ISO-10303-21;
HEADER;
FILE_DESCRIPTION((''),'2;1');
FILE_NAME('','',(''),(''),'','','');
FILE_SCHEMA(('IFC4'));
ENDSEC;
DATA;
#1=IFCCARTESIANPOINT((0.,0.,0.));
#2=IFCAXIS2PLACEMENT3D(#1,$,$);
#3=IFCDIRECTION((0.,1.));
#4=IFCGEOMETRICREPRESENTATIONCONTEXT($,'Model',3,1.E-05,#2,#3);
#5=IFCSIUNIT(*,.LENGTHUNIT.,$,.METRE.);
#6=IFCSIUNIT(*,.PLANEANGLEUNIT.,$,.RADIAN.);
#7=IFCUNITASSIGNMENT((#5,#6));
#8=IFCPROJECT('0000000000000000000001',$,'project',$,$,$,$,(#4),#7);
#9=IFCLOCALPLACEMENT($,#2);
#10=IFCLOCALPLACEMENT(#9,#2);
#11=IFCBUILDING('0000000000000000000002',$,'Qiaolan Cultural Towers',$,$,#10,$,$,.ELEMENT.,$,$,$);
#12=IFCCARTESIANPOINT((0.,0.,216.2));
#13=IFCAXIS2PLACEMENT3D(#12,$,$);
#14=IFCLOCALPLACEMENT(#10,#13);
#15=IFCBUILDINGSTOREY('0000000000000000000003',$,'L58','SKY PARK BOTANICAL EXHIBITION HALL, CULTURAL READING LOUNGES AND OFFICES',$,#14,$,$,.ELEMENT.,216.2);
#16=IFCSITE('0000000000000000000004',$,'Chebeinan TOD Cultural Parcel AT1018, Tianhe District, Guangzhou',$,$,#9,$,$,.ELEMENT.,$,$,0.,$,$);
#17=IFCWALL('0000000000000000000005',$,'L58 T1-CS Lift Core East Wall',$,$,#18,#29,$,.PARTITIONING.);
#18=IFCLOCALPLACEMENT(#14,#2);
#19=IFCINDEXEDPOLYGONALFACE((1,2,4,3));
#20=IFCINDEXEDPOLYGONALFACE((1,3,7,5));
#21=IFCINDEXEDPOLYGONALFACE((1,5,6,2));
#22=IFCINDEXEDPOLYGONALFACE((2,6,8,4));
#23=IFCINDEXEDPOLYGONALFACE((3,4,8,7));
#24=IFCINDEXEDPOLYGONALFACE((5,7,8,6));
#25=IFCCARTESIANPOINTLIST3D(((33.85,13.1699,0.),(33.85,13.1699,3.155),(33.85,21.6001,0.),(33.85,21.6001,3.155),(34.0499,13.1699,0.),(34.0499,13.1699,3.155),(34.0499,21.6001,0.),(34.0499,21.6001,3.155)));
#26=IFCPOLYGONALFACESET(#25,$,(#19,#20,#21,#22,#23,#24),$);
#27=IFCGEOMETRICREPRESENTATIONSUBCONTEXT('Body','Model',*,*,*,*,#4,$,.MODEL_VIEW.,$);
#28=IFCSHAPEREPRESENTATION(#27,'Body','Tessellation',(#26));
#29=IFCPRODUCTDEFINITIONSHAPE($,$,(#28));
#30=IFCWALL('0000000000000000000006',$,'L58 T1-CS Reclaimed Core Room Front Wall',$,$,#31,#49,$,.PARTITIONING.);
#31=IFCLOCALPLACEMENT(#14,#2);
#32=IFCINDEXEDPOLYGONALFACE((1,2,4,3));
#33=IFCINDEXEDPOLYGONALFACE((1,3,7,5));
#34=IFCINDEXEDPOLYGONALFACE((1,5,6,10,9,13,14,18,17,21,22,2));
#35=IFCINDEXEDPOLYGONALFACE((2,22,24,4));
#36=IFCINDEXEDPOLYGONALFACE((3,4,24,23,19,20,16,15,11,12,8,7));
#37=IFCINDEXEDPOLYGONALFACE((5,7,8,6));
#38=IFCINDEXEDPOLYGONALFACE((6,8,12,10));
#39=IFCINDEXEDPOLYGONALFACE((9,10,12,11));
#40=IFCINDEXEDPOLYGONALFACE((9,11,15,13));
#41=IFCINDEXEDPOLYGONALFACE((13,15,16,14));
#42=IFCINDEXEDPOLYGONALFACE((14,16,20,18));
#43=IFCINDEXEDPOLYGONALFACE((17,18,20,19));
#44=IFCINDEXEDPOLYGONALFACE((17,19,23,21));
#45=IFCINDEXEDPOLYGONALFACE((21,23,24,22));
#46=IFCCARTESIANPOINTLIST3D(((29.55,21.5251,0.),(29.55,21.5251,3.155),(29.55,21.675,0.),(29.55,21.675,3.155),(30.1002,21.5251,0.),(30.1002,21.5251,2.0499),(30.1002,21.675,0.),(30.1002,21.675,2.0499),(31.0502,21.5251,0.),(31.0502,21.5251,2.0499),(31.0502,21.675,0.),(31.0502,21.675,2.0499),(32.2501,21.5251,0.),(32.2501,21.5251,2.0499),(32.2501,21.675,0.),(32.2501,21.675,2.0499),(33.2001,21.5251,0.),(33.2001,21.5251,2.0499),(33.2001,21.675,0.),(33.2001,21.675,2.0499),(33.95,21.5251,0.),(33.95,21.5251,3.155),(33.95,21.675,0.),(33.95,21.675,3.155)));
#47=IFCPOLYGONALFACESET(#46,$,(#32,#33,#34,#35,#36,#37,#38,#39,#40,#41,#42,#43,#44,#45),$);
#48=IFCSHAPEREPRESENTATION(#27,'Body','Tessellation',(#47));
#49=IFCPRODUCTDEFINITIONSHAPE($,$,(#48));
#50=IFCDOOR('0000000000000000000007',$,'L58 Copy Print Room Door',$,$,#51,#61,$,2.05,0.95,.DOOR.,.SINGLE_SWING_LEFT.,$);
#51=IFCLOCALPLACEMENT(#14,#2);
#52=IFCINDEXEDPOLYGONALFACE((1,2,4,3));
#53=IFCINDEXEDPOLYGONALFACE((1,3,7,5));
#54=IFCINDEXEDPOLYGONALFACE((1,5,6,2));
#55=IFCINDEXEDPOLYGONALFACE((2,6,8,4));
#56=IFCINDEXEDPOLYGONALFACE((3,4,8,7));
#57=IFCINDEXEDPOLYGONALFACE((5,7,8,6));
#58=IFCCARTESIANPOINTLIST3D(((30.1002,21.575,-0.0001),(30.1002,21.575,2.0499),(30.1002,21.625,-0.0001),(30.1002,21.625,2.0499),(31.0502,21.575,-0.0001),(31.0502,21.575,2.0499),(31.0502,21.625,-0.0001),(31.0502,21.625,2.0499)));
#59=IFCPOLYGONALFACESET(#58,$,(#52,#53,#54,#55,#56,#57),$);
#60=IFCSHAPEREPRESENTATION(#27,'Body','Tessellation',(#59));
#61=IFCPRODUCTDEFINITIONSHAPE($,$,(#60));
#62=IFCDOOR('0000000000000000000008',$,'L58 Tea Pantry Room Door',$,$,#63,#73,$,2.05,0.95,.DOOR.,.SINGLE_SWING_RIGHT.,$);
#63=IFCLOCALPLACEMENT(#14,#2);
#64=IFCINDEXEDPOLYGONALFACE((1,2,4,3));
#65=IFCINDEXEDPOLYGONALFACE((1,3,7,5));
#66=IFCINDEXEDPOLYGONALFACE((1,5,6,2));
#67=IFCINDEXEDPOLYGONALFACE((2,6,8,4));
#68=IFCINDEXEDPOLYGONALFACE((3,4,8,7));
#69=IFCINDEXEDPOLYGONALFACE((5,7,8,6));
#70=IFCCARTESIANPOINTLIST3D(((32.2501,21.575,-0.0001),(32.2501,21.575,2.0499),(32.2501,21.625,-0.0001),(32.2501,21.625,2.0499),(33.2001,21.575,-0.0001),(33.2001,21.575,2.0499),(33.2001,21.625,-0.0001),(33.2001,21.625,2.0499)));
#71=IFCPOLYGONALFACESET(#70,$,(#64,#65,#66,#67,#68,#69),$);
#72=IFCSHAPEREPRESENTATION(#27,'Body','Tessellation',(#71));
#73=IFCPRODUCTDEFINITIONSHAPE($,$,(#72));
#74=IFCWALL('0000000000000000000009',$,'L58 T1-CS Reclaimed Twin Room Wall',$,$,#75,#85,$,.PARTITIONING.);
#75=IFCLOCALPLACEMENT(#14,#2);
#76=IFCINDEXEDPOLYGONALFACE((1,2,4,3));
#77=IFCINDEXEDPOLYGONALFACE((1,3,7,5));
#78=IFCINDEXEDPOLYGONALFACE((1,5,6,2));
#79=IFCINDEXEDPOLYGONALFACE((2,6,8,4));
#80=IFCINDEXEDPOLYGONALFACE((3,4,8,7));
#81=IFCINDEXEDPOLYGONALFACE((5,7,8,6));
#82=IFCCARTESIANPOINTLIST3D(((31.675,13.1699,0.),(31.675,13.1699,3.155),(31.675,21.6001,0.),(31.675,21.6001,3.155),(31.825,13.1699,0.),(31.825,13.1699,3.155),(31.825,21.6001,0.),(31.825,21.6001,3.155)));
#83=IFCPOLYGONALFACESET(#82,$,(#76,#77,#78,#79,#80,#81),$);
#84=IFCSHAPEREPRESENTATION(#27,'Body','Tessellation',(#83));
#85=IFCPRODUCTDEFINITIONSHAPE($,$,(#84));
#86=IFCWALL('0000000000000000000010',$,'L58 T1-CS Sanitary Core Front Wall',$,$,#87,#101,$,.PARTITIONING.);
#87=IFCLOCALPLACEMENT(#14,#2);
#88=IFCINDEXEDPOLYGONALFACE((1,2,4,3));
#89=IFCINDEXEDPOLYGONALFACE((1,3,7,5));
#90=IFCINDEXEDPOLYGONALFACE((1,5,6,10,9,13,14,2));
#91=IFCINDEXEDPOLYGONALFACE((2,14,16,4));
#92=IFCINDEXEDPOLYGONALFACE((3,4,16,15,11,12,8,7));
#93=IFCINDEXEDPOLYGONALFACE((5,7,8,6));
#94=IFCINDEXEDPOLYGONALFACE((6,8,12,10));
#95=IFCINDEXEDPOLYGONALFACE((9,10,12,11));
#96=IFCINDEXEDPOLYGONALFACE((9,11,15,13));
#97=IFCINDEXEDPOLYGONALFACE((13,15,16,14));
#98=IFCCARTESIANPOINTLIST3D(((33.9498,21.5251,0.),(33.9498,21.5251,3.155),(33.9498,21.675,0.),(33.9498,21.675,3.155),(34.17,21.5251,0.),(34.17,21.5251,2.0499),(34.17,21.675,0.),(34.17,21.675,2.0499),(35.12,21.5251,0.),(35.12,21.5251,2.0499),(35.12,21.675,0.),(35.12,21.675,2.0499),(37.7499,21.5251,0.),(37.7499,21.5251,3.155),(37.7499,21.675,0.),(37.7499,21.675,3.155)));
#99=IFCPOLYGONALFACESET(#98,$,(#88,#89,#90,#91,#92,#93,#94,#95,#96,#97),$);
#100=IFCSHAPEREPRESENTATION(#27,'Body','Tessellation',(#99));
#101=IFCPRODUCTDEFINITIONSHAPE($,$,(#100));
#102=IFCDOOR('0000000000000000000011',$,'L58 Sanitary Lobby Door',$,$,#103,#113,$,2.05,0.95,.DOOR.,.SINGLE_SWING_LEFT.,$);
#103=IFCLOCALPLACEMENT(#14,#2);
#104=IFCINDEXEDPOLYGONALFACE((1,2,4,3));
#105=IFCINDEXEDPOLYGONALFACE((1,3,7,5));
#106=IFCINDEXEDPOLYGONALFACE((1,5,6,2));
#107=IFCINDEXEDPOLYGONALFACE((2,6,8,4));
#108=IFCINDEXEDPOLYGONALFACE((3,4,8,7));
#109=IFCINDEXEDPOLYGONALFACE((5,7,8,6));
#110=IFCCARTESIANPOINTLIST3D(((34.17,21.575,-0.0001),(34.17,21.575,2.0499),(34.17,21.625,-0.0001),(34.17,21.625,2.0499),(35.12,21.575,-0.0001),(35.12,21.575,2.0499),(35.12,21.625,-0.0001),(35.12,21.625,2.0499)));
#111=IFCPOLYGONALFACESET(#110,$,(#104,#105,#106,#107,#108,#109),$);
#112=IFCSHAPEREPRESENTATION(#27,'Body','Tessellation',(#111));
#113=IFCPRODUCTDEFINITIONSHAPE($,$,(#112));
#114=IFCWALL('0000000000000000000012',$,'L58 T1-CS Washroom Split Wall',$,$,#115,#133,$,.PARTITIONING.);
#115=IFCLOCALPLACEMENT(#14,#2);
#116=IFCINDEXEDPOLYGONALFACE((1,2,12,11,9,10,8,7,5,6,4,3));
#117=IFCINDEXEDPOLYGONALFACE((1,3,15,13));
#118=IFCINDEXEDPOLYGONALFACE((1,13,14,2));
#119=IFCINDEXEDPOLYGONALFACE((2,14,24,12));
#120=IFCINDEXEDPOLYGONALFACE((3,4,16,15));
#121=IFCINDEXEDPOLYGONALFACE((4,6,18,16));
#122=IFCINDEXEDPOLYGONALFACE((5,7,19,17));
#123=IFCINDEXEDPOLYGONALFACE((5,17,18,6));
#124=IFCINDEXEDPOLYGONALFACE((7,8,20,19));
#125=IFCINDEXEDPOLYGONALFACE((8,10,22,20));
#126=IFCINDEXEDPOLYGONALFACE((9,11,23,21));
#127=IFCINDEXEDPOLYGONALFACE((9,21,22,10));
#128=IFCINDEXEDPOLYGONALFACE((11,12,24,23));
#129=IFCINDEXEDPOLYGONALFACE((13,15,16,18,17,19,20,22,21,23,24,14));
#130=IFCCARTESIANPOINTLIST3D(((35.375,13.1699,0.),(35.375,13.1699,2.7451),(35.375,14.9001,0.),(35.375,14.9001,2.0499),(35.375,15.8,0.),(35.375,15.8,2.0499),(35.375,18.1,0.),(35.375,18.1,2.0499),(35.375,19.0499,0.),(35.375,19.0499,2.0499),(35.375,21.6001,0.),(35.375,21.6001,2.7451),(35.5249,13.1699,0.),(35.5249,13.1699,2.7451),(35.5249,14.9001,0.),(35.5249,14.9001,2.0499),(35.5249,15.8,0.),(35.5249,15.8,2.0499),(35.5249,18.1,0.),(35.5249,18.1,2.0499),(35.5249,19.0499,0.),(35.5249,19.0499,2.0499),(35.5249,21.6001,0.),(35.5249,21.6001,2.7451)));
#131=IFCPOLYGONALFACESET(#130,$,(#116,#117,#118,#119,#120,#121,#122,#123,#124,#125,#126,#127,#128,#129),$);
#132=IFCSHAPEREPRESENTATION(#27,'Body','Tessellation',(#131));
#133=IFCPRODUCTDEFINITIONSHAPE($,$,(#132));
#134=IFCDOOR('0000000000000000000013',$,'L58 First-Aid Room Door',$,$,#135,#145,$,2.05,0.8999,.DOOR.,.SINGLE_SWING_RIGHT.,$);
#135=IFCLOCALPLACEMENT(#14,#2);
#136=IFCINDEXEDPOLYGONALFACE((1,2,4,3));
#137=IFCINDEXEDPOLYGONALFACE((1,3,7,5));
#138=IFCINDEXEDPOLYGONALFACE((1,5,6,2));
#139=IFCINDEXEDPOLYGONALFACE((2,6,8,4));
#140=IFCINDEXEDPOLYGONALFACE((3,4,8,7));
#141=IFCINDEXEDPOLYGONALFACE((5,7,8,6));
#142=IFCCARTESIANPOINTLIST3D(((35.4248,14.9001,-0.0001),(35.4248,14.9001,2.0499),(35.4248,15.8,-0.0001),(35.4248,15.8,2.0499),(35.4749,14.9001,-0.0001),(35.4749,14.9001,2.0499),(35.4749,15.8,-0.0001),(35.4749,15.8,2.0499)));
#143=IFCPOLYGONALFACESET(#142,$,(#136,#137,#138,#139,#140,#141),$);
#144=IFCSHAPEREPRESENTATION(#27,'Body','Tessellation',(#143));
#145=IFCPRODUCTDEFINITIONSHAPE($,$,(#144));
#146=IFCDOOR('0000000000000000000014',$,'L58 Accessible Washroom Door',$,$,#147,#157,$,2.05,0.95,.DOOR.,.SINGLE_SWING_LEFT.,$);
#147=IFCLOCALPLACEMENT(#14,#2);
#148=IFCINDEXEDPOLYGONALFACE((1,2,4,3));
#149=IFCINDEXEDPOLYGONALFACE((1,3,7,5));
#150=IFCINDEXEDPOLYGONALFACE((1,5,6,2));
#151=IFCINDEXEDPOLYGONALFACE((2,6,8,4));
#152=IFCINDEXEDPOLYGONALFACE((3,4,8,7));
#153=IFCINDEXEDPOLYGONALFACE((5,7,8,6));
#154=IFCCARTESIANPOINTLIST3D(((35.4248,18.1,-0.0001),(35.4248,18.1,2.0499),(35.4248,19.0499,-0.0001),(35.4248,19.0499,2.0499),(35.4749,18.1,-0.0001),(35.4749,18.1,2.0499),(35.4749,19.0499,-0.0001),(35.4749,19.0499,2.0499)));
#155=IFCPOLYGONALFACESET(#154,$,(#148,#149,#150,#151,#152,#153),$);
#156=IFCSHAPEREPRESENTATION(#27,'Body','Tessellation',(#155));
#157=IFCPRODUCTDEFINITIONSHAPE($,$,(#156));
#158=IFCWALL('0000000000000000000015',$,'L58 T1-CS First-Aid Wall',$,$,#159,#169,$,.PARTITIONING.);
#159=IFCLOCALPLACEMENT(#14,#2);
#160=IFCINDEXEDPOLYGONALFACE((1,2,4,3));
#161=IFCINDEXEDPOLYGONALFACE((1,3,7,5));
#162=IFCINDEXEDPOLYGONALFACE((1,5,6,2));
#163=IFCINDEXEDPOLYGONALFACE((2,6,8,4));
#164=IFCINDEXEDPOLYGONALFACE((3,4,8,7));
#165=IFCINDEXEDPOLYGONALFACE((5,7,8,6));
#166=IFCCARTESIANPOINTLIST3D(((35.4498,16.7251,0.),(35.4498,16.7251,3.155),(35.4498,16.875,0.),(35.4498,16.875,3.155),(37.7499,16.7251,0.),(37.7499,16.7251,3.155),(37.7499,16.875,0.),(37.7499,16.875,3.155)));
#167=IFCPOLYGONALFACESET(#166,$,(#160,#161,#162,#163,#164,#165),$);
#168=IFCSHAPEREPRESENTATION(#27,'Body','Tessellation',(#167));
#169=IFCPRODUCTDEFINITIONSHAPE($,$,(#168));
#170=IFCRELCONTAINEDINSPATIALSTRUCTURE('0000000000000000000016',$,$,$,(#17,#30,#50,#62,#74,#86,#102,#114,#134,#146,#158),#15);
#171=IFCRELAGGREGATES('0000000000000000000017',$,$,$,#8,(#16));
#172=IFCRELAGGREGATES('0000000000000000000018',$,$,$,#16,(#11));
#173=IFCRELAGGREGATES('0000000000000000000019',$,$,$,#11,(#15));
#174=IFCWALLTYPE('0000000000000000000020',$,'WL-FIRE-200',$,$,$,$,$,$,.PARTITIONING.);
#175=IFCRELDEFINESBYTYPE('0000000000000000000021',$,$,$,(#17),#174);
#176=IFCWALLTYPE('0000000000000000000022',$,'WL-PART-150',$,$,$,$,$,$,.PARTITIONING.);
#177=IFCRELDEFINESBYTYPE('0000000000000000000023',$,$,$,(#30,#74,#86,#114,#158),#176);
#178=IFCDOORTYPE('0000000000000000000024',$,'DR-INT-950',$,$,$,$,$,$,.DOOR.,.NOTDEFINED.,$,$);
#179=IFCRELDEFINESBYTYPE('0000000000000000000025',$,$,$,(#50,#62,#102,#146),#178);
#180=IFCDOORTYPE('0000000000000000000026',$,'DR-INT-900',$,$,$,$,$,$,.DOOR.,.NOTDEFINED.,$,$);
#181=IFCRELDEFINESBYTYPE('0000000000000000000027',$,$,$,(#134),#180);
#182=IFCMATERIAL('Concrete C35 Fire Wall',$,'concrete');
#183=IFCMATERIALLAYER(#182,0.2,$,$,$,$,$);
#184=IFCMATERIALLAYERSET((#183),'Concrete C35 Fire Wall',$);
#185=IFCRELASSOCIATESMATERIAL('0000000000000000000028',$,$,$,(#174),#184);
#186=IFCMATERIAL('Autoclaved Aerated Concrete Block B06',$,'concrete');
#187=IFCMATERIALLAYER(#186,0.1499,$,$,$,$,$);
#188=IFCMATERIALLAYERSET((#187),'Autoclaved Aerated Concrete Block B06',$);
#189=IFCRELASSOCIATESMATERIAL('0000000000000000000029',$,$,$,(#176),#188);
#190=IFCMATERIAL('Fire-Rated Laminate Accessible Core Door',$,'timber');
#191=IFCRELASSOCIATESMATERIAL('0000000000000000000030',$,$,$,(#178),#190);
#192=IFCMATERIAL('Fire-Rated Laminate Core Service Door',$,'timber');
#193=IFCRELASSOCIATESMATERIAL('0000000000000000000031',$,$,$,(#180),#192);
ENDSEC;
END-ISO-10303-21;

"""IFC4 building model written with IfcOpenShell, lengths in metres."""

from ifc_helpers import new_model, si_unit, direction, frame, frame_2d, origin, place, context, subcontext, project, spatial, rectangle, extrude, material, layer, layer_set, type_object, element, fill, save


model = new_model("IFC4")

# Units and contexts
model_context = context("Model", 3, precision=1e-05, world=origin(), true_north=direction((0.0, 1.0)))
body_context = subcontext(model_context, "Body", "Model", "MODEL_VIEW")
ifc_project = project(units=[si_unit("LENGTHUNIT", "METRE"), si_unit("PLANEANGLEUNIT", "RADIAN")], contexts=[model_context])

# Site, building, storey
site_placement = place(None, origin())
site = spatial("IfcSite", under=ifc_project, at=site_placement, Name="Chebeinan TOD Cultural Parcel AT1018, Tianhe District, Guangzhou", CompositionType="ELEMENT", RefElevation=0.0)
building_placement = place(site_placement, origin())
building = spatial("IfcBuilding", under=site, at=building_placement, Name="Qiaolan Cultural Towers", CompositionType="ELEMENT")
storey_placement = place(building_placement, frame((0.0, 0.0, 216.2)))
storey = spatial("IfcBuildingStorey", under=building, at=storey_placement, Name="L58", Description="SKY PARK BOTANICAL EXHIBITION HALL, CULTURAL READING LOUNGES AND OFFICES", CompositionType="ELEMENT", Elevation=216.2)

# Wall
ifc_material_1 = material(Name="Concrete C35 Fire Wall", Category="concrete")
ifc_layer_1 = layer(ifc_material_1, 0.2)
ifc_layer_set_1 = layer_set([ifc_layer_1], Name="Concrete C35 Fire Wall")
wall_type_1 = type_object("IfcWallType", Name="WL-FIRE-200", PredefinedType="PARTITIONING", material=ifc_layer_set_1)
wall_1_placement = place(storey_placement, frame((33.95, 21.6001, 0.0), z_axis=(0.0, 0.0, 1.0), x_axis=(0.0, -1.0, 0.0)))
element("IfcWall", 1, at=wall_1_placement, inside=storey, type_object=wall_type_1, Name="L58 T1-CS Lift Core East Wall", PredefinedType="PARTITIONING", context=body_context, shape_type="SweptSolid", body=[
    extrude(rectangle(XDim=8.4302, YDim=0.2, at=frame_2d((4.2151, 0.0))), origin(), (0.0, 0.0, 1.0), 3.155),
])

# Wall, openings, doors
ifc_material_2 = material(Name="Autoclaved Aerated Concrete Block B06", Category="concrete")
ifc_layer_2 = layer(ifc_material_2, 0.1499)
ifc_layer_set_2 = layer_set([ifc_layer_2], Name="Autoclaved Aerated Concrete Block B06")
wall_type_2 = type_object("IfcWallType", Name="WL-PART-150", PredefinedType="PARTITIONING", material=ifc_layer_set_2)
wall_2_placement = place(storey_placement, frame((29.55, 21.6001, 0.0), z_axis=(0.0, 0.0, 1.0), x_axis=(1.0, 0.0, 0.0)))
wall_2 = element("IfcWall", 2, at=wall_2_placement, inside=storey, type_object=wall_type_2, Name="L58 T1-CS Reclaimed Core Room Front Wall", PredefinedType="PARTITIONING", context=body_context, shape_type="SweptSolid", body=[
    extrude(rectangle(XDim=4.3999, YDim=0.1499, at=frame_2d((2.2, 0.0))), origin(), (0.0, 0.0, 1.0), 3.155),
])
opening_1_placement = place(wall_2_placement, frame((0.55, 0.0, 0.0)))
opening_1 = element("IfcOpeningElement", 3, at=opening_1_placement, cuts=wall_2, PredefinedType="OPENING", context=body_context, shape_type="SweptSolid", body=[
    extrude(rectangle(XDim=0.95, YDim=2.05, at=frame_2d((0.4751, 1.0249))), frame((0.0, 0.085, 0.0), z_axis=(0.0, -1.0, 0.0), x_axis=(1.0, 0.0, 0.0)), (0.0, 0.0, 1.0), 0.1699),
])
opening_2_placement = place(wall_2_placement, frame((2.7, 0.0, 0.0)))
opening_2 = element("IfcOpeningElement", 4, at=opening_2_placement, cuts=wall_2, PredefinedType="OPENING", context=body_context, shape_type="SweptSolid", body=[
    extrude(rectangle(XDim=0.95, YDim=2.05, at=frame_2d((0.4751, 1.0249))), frame((0.0, 0.085, 0.0), z_axis=(0.0, -1.0, 0.0), x_axis=(1.0, 0.0, 0.0)), (0.0, 0.0, 1.0), 0.1699),
])
ifc_material_3 = material(Name="Fire-Rated Laminate Accessible Core Door", Category="timber")
door_type_1 = type_object("IfcDoorType", Name="DR-INT-950", OperationType="NOTDEFINED", PredefinedType="DOOR", material=ifc_material_3)
door_1_placement = place(opening_1_placement, origin())
door_1 = element("IfcDoor", 5, at=door_1_placement, inside=storey, type_object=door_type_1, Name="L58 Copy Print Room Door", OperationType="SINGLE_SWING_LEFT", OverallHeight=2.05, OverallWidth=0.95, PredefinedType="DOOR", context=body_context, shape_type="SweptSolid", body=[
    extrude(rectangle(XDim=0.95, YDim=2.05, at=frame_2d((0.4751, 1.0249))), frame((0.0, 0.0249, 0.0), z_axis=(0.0, -1.0, 0.0), x_axis=(1.0, 0.0, 0.0)), (0.0, 0.0, 1.0), 0.05),
])
fill(opening_1, door_1)
door_2_placement = place(opening_2_placement, origin())
door_2 = element("IfcDoor", 6, at=door_2_placement, inside=storey, type_object=door_type_1, Name="L58 Tea Pantry Room Door", OperationType="SINGLE_SWING_RIGHT", OverallHeight=2.05, OverallWidth=0.95, PredefinedType="DOOR", context=body_context, shape_type="SweptSolid", body=[
    extrude(rectangle(XDim=0.95, YDim=2.05, at=frame_2d((0.4751, 1.0249))), frame((0.0, 0.0249, 0.0), z_axis=(0.0, -1.0, 0.0), x_axis=(1.0, 0.0, 0.0)), (0.0, 0.0, 1.0), 0.05),
])
fill(opening_2, door_2)

# Wall
wall_3_placement = place(storey_placement, frame((31.75, 21.6001, 0.0), z_axis=(0.0, 0.0, 1.0), x_axis=(0.0, -1.0, 0.0)))
element("IfcWall", 7, at=wall_3_placement, inside=storey, type_object=wall_type_2, Name="L58 T1-CS Reclaimed Twin Room Wall", PredefinedType="PARTITIONING", context=body_context, shape_type="SweptSolid", body=[
    extrude(rectangle(XDim=8.4302, YDim=0.1499, at=frame_2d((4.2151, 0.0))), origin(), (0.0, 0.0, 1.0), 3.155),
])

# Wall, opening, door
wall_4_placement = place(storey_placement, frame((33.95, 21.6001, 0.0), z_axis=(0.0, 0.0, 1.0), x_axis=(1.0, 0.0, 0.0)))
wall_4 = element("IfcWall", 8, at=wall_4_placement, inside=storey, type_object=wall_type_2, Name="L58 T1-CS Sanitary Core Front Wall", PredefinedType="PARTITIONING", context=body_context, shape_type="SweptSolid", body=[
    extrude(rectangle(XDim=3.8, YDim=0.1499, at=frame_2d((1.8999, 0.0))), origin(), (0.0, 0.0, 1.0), 3.155),
])
opening_3_placement = place(wall_4_placement, frame((0.22, 0.0, 0.0)))
opening_3 = element("IfcOpeningElement", 9, at=opening_3_placement, cuts=wall_4, PredefinedType="OPENING", context=body_context, shape_type="SweptSolid", body=[
    extrude(rectangle(XDim=0.95, YDim=2.05, at=frame_2d((0.4751, 1.0249))), frame((0.0, 0.085, 0.0), z_axis=(0.0, -1.0, 0.0), x_axis=(1.0, 0.0, 0.0)), (0.0, 0.0, 1.0), 0.1699),
])
door_3_placement = place(opening_3_placement, origin())
door_3 = element("IfcDoor", 10, at=door_3_placement, inside=storey, type_object=door_type_1, Name="L58 Sanitary Lobby Door", OperationType="SINGLE_SWING_LEFT", OverallHeight=2.05, OverallWidth=0.95, PredefinedType="DOOR", context=body_context, shape_type="SweptSolid", body=[
    extrude(rectangle(XDim=0.95, YDim=2.05, at=frame_2d((0.4751, 1.0249))), frame((0.0, 0.0249, 0.0), z_axis=(0.0, -1.0, 0.0), x_axis=(1.0, 0.0, 0.0)), (0.0, 0.0, 1.0), 0.05),
])
fill(opening_3, door_3)

# Wall, openings, doors
wall_5_placement = place(storey_placement, frame((35.45, 21.6001, 0.0), z_axis=(0.0, 0.0, 1.0), x_axis=(0.0, -1.0, 0.0)))
wall_5 = element("IfcWall", 11, at=wall_5_placement, inside=storey, type_object=wall_type_2, Name="L58 T1-CS Washroom Split Wall", PredefinedType="PARTITIONING", context=body_context, shape_type="SweptSolid", body=[
    extrude(rectangle(XDim=8.4302, YDim=0.1499, at=frame_2d((4.2151, 0.0))), origin(), (0.0, 0.0, 1.0), 2.7451),
])
opening_4_placement = place(wall_5_placement, frame((2.55, 0.0, 0.0)))
opening_4 = element("IfcOpeningElement", 12, at=opening_4_placement, cuts=wall_5, PredefinedType="OPENING", context=body_context, shape_type="SweptSolid", body=[
    extrude(rectangle(XDim=0.95, YDim=2.05, at=frame_2d((0.4751, 1.0249))), frame((0.0, 0.085, 0.0), z_axis=(0.0, -1.0, 0.0), x_axis=(1.0, 0.0, 0.0)), (0.0, 0.0, 1.0), 0.1699),
])
opening_5_placement = place(wall_5_placement, frame((5.8, 0.0, 0.0)))
opening_5 = element("IfcOpeningElement", 13, at=opening_5_placement, cuts=wall_5, PredefinedType="OPENING", context=body_context, shape_type="SweptSolid", body=[
    extrude(rectangle(XDim=0.8999, YDim=2.05, at=frame_2d((0.45, 1.0249))), frame((0.0, 0.085, 0.0), z_axis=(0.0, -1.0, 0.0), x_axis=(1.0, 0.0, 0.0)), (0.0, 0.0, 1.0), 0.1699),
])
ifc_material_4 = material(Name="Fire-Rated Laminate Core Service Door", Category="timber")
door_type_2 = type_object("IfcDoorType", Name="DR-INT-900", OperationType="NOTDEFINED", PredefinedType="DOOR", material=ifc_material_4)
door_4_placement = place(opening_5_placement, origin())
door_4 = element("IfcDoor", 14, at=door_4_placement, inside=storey, type_object=door_type_2, Name="L58 First-Aid Room Door", OperationType="SINGLE_SWING_RIGHT", OverallHeight=2.05, OverallWidth=0.8999, PredefinedType="DOOR", context=body_context, shape_type="SweptSolid", body=[
    extrude(rectangle(XDim=0.8999, YDim=2.05, at=frame_2d((0.45, 1.0249))), frame((0.0, 0.0249, 0.0), z_axis=(0.0, -1.0, 0.0), x_axis=(1.0, 0.0, 0.0)), (0.0, 0.0, 1.0), 0.05),
])
fill(opening_5, door_4)
door_5_placement = place(opening_4_placement, origin())
door_5 = element("IfcDoor", 15, at=door_5_placement, inside=storey, type_object=door_type_1, Name="L58 Accessible Washroom Door", OperationType="SINGLE_SWING_LEFT", OverallHeight=2.05, OverallWidth=0.95, PredefinedType="DOOR", context=body_context, shape_type="SweptSolid", body=[
    extrude(rectangle(XDim=0.95, YDim=2.05, at=frame_2d((0.4751, 1.0249))), frame((0.0, 0.0249, 0.0), z_axis=(0.0, -1.0, 0.0), x_axis=(1.0, 0.0, 0.0)), (0.0, 0.0, 1.0), 0.05),
])
fill(opening_4, door_5)

# Wall
wall_6_placement = place(storey_placement, frame((35.45, 16.8, 0.0), z_axis=(0.0, 0.0, 1.0), x_axis=(1.0, 0.0, 0.0)))
element("IfcWall", 16, at=wall_6_placement, inside=storey, type_object=wall_type_2, Name="L58 T1-CS First-Aid Wall", PredefinedType="PARTITIONING", context=body_context, shape_type="SweptSolid", body=[
    extrude(rectangle(XDim=2.3, YDim=0.1499, at=frame_2d((1.1499, 0.0))), origin(), (0.0, 0.0, 1.0), 3.155),
])

save(model, "model.ifc")
